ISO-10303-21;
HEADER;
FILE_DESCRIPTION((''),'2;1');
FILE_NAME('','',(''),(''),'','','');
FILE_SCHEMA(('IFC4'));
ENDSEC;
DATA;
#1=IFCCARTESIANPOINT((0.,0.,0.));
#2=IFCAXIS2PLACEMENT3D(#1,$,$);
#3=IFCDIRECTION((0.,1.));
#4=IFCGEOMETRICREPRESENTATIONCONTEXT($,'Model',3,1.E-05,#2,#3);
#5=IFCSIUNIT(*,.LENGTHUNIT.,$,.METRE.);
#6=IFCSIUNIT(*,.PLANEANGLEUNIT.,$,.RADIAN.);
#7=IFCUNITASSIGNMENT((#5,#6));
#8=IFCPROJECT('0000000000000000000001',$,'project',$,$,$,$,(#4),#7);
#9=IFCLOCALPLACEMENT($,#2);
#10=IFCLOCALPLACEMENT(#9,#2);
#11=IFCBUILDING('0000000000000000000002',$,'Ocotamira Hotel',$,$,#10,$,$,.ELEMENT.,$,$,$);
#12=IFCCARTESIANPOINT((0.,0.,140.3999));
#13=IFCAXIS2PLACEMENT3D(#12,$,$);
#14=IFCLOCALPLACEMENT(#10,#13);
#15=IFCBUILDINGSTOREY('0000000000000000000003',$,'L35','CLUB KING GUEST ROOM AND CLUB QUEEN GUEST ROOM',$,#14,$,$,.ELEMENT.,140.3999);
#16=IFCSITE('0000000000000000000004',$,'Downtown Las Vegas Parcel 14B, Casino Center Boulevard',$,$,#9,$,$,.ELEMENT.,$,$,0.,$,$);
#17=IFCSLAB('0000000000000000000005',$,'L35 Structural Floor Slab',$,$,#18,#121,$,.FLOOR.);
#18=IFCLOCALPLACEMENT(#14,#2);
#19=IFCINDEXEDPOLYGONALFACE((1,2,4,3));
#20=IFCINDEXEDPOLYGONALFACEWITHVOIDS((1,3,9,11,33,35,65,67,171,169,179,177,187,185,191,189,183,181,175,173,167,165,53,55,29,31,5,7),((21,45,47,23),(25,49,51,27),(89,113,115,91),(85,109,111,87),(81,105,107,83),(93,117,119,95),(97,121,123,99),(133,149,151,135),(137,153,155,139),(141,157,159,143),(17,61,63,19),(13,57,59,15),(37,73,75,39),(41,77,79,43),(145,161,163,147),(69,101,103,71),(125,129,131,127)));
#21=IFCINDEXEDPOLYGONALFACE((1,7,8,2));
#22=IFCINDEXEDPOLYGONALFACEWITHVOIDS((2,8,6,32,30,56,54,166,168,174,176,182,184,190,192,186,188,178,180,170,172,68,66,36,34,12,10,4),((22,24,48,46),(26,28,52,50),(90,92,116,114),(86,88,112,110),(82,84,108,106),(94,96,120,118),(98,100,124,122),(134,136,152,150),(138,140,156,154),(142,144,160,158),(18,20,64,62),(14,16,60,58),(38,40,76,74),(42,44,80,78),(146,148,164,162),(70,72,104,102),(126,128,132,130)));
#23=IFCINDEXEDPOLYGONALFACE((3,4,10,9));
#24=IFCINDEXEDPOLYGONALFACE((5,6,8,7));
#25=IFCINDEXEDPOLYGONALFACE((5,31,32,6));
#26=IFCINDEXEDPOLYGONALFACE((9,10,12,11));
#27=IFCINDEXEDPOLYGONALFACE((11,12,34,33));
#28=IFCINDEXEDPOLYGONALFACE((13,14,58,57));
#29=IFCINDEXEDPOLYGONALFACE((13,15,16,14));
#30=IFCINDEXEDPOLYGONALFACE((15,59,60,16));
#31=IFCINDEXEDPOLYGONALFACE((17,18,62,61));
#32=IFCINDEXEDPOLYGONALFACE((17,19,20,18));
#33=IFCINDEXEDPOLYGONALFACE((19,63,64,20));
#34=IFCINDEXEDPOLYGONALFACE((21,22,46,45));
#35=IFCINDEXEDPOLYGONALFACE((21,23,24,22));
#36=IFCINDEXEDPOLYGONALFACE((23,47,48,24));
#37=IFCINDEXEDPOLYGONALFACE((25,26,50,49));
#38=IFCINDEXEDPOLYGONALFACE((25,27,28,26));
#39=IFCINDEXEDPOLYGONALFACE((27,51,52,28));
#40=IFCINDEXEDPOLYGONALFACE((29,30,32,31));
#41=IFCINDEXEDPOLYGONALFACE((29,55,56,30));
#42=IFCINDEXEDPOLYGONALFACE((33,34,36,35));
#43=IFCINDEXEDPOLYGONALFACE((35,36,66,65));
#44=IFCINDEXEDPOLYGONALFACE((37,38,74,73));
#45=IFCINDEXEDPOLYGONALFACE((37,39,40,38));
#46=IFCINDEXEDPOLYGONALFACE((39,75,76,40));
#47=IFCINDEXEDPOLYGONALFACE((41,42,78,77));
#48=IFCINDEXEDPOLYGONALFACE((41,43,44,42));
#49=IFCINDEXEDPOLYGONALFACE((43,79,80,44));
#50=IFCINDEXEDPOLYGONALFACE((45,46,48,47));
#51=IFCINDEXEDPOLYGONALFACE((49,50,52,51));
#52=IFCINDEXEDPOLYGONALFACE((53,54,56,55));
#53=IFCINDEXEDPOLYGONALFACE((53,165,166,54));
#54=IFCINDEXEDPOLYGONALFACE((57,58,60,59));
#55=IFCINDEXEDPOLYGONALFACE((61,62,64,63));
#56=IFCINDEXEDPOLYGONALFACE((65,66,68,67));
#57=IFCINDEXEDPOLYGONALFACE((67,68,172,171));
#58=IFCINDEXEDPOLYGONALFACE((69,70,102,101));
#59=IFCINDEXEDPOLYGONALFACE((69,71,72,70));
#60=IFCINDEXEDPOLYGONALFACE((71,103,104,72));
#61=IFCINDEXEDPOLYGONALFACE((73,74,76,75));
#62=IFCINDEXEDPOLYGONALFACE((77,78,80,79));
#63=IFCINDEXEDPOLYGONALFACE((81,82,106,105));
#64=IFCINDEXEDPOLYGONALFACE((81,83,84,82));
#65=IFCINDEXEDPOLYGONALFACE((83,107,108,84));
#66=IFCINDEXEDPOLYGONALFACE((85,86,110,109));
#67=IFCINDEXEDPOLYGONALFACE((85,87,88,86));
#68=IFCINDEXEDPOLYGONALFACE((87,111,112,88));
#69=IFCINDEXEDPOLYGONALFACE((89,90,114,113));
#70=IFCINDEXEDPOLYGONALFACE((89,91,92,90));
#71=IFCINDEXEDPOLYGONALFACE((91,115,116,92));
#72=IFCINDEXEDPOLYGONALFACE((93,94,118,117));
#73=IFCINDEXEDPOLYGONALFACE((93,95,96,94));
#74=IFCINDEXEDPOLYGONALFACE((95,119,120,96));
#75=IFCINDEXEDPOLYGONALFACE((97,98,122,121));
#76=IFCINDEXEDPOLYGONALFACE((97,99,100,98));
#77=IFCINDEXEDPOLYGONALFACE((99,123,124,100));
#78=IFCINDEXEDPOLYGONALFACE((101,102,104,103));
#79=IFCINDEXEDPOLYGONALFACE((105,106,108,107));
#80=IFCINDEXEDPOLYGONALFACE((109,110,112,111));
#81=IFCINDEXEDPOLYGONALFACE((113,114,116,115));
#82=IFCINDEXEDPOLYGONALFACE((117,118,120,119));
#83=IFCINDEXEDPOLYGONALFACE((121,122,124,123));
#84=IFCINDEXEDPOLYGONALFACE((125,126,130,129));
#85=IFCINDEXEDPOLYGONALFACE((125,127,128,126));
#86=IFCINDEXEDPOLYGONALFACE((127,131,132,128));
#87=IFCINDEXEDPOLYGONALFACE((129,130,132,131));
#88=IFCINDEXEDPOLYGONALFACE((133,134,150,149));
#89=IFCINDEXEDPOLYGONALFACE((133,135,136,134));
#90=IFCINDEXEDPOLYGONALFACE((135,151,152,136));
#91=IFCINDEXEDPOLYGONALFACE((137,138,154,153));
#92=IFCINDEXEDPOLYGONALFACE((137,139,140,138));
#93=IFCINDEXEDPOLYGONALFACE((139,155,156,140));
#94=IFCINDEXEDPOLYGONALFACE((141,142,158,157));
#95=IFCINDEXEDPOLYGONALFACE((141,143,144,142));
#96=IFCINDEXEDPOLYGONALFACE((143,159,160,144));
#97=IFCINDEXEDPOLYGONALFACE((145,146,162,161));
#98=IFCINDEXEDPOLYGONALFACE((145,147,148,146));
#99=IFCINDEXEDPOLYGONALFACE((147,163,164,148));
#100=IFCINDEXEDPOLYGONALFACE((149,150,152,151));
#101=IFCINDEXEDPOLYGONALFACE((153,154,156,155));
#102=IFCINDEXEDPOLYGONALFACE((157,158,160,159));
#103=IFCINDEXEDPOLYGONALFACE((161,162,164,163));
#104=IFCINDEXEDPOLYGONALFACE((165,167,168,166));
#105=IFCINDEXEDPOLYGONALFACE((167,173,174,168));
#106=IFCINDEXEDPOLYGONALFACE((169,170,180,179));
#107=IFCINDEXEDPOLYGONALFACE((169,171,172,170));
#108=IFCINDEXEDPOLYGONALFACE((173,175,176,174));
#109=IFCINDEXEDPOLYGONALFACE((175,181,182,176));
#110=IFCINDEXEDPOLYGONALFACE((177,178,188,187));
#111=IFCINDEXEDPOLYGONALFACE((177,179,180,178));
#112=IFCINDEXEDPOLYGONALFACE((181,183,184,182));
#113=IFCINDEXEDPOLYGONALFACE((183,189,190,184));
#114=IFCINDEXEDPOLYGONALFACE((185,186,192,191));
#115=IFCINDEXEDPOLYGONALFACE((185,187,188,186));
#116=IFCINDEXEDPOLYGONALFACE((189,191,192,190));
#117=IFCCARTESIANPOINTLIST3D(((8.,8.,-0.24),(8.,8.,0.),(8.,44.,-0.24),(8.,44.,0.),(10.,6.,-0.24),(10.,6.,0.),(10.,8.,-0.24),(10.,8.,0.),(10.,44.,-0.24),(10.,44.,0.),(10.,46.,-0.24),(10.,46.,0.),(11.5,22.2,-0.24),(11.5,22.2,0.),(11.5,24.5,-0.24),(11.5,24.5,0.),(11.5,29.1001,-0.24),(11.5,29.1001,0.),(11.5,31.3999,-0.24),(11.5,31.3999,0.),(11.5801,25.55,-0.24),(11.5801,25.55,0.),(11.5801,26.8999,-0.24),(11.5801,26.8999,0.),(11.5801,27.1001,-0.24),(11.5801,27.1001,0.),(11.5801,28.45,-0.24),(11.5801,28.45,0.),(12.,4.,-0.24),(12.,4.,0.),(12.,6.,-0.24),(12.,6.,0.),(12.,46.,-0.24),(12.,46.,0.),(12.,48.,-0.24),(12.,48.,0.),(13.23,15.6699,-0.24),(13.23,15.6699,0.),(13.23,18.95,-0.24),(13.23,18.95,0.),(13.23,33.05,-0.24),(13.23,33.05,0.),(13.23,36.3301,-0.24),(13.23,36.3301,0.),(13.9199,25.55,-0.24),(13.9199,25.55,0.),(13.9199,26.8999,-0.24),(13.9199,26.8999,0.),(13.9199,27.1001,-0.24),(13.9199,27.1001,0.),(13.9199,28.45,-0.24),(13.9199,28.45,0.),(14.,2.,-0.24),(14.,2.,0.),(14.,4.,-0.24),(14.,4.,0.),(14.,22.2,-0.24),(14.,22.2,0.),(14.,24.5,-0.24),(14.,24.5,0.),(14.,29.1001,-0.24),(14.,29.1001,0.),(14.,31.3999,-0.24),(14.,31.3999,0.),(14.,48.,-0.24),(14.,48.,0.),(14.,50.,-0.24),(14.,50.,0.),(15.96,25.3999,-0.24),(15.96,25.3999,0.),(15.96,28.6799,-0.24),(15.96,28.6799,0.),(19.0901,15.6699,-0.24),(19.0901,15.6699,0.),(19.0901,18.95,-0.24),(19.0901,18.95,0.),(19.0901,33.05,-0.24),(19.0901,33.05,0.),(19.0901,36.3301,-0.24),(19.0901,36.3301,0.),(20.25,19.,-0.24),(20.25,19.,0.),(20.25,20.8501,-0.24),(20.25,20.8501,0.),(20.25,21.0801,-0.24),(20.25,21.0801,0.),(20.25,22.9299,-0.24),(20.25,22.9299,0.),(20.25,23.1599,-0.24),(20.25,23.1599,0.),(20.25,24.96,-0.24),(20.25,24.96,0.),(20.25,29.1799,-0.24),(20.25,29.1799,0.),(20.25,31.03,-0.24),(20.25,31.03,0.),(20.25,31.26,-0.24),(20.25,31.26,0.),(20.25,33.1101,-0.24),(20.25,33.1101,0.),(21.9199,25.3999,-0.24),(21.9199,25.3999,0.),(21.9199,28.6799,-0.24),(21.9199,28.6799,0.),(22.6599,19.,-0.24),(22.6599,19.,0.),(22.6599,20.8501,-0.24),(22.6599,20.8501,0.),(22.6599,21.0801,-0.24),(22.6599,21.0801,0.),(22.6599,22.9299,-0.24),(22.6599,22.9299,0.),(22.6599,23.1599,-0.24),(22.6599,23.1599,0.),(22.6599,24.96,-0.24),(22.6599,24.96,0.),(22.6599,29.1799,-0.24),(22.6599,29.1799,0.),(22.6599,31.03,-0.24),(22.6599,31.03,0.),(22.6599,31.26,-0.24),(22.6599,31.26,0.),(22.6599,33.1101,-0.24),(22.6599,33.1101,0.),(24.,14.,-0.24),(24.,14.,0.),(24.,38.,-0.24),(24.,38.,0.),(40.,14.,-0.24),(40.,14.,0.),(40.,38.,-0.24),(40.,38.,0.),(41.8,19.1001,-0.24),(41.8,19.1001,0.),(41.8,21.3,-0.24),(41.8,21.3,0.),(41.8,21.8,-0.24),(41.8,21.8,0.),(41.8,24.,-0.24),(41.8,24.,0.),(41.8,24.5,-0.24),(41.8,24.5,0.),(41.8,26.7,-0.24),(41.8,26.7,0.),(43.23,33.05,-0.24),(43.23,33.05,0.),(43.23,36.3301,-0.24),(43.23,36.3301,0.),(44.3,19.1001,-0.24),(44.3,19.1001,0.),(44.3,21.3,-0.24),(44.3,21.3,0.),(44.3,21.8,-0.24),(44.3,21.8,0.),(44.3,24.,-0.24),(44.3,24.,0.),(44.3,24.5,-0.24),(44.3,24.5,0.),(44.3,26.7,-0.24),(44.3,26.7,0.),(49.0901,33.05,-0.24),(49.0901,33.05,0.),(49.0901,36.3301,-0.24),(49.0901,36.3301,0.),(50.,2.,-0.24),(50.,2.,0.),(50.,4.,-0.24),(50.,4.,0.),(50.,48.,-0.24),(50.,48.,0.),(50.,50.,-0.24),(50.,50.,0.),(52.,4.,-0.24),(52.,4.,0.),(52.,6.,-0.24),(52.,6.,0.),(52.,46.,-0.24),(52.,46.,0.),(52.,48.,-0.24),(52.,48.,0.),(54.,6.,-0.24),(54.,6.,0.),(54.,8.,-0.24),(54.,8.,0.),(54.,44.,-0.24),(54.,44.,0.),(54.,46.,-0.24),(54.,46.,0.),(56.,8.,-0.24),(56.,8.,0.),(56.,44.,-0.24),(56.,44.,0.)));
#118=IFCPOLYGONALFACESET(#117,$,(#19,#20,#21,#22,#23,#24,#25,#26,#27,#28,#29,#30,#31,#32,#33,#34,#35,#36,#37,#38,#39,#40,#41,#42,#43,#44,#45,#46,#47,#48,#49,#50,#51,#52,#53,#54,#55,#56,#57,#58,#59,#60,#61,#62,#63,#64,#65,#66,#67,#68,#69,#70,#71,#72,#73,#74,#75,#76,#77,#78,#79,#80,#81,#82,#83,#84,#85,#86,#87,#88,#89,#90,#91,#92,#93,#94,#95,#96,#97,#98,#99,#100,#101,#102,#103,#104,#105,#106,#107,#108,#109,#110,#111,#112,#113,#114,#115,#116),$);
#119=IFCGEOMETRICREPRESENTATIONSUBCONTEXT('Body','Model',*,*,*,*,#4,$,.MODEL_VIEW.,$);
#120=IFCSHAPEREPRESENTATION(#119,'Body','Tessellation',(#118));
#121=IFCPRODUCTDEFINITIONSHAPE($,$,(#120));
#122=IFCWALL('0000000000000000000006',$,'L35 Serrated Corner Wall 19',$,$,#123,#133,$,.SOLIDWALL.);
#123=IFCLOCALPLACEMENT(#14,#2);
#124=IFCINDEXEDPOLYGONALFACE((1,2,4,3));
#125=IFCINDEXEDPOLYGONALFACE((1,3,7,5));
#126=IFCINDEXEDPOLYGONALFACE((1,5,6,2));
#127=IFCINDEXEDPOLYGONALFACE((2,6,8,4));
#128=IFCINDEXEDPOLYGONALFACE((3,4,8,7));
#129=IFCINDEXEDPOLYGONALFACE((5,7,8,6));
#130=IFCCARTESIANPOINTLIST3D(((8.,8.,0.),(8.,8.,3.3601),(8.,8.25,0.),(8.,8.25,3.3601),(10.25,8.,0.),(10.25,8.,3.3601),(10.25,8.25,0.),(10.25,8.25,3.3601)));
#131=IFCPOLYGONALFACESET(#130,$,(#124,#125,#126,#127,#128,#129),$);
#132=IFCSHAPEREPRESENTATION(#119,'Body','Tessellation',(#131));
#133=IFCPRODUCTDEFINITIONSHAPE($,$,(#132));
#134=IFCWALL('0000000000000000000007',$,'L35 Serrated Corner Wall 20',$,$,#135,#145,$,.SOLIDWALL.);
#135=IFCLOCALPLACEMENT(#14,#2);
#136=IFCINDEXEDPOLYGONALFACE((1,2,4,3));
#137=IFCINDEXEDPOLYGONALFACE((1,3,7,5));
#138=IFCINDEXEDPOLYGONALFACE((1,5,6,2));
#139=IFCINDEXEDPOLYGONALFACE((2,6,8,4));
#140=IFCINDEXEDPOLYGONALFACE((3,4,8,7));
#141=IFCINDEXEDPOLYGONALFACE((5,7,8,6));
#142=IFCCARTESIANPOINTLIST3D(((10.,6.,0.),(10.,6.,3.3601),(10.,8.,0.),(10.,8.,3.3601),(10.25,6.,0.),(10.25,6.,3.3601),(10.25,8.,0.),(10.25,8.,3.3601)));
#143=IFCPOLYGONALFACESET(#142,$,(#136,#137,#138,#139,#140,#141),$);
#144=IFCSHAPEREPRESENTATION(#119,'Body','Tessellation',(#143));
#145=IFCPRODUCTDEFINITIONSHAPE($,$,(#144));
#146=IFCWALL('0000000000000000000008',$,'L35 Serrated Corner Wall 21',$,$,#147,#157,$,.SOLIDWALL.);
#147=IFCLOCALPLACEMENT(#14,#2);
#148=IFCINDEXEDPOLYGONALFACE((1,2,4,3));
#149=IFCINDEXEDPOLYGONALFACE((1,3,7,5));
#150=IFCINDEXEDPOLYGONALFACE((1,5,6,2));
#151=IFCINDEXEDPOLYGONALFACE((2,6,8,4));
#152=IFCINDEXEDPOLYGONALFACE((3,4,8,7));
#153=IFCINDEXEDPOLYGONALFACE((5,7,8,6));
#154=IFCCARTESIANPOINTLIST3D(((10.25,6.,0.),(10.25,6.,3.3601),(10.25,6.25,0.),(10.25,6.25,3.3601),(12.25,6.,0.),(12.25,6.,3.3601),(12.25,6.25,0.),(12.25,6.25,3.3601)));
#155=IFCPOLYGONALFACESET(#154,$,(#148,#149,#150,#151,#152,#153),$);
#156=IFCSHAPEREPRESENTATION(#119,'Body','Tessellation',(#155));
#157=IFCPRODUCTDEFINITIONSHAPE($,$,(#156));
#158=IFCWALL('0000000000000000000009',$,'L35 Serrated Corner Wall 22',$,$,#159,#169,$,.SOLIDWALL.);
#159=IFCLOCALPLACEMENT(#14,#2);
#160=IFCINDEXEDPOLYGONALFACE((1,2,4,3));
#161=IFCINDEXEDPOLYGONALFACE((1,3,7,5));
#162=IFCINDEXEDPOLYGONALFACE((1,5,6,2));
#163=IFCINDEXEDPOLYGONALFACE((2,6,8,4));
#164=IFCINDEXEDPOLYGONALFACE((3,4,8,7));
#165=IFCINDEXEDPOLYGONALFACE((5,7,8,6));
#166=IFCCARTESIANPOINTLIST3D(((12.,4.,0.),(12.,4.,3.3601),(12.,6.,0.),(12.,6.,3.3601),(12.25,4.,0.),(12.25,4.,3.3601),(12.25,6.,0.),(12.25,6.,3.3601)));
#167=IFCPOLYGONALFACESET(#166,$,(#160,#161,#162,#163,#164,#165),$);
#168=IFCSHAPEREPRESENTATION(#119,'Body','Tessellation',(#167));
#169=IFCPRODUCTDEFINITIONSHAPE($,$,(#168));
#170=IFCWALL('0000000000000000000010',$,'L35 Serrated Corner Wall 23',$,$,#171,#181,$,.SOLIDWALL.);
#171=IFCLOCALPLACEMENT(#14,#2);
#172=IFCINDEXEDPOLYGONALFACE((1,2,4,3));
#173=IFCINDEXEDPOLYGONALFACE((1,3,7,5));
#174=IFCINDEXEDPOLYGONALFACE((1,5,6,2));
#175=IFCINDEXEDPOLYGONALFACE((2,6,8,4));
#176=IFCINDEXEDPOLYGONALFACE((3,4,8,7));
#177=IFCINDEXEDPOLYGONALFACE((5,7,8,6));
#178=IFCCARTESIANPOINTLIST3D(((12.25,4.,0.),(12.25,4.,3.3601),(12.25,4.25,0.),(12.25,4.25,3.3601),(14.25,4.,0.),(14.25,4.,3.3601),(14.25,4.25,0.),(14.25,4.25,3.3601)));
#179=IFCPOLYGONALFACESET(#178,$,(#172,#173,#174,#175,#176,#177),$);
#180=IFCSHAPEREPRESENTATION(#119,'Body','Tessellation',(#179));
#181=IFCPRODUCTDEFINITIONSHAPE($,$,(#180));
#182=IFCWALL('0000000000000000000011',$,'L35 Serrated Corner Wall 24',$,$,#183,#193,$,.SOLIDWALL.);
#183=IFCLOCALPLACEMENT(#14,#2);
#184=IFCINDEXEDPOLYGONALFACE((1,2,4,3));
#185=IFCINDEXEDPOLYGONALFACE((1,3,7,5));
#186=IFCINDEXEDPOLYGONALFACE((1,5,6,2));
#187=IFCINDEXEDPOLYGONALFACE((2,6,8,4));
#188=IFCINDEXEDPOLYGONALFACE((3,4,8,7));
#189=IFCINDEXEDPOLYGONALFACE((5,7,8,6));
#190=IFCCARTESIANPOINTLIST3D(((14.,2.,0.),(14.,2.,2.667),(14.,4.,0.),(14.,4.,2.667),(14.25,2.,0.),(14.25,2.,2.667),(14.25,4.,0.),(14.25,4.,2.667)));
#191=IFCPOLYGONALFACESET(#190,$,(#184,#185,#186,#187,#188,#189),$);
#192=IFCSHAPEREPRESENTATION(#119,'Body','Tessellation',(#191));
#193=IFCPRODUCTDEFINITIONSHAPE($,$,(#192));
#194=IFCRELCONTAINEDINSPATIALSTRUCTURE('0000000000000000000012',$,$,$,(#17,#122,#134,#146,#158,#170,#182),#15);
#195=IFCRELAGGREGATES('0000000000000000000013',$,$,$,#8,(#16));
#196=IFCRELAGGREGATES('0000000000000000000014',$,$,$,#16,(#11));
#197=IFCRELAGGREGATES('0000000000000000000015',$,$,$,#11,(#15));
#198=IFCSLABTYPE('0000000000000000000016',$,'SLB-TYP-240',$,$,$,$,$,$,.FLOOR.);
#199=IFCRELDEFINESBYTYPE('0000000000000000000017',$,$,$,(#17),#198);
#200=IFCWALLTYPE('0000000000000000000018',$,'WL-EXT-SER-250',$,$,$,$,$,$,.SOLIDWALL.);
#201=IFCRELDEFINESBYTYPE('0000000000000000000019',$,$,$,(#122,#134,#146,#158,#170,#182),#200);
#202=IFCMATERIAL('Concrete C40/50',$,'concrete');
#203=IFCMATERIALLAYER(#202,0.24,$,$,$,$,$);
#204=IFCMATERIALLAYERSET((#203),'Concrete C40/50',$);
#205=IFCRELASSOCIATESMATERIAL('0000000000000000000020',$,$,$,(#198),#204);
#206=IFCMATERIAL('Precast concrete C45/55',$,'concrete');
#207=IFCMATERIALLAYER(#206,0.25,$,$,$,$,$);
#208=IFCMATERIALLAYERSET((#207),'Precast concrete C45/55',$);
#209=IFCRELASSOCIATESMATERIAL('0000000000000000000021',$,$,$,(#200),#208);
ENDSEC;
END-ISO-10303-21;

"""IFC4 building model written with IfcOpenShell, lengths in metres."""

from ifc_helpers import new_model, si_unit, direction, frame, frame_2d, origin, place, context, subcontext, project, spatial, polyline, rectangle, outline, extrude, material, layer, layer_set, type_object, element, save


model = new_model("IFC4")

# Units and contexts
model_context = context("Model", 3, precision=1e-05, world=origin(), true_north=direction((0.0, 1.0)))
body_context = subcontext(model_context, "Body", "Model", "MODEL_VIEW")
ifc_project = project(units=[si_unit("LENGTHUNIT", "METRE"), si_unit("PLANEANGLEUNIT", "RADIAN")], contexts=[model_context])

# Site, building, storey
site_placement = place(None, origin())
site = spatial("IfcSite", under=ifc_project, at=site_placement, Name="Downtown Las Vegas Parcel 14B, Casino Center Boulevard", CompositionType="ELEMENT", RefElevation=0.0)
building_placement = place(site_placement, origin())
building = spatial("IfcBuilding", under=site, at=building_placement, Name="Ocotamira Hotel", CompositionType="ELEMENT")
storey_placement = place(building_placement, frame((0.0, 0.0, 140.3999)))
storey = spatial("IfcBuildingStorey", under=building, at=storey_placement, Name="L35", Description="CLUB KING GUEST ROOM AND CLUB QUEEN GUEST ROOM", CompositionType="ELEMENT", Elevation=140.3999)

# Shared definitions
ifc_material_1 = material(Name="Concrete C40/50", Category="concrete")

# Slab
ifc_layer_1 = layer(ifc_material_1, 0.24)
ifc_layer_set_1 = layer_set([ifc_layer_1], Name="Concrete C40/50")
slab_type_1 = type_object("IfcSlabType", Name="SLB-TYP-240", PredefinedType="FLOOR", material=ifc_layer_set_1)
slab_1_placement = place(storey_placement, frame((0.0, 0.0, -0.24)))
element("IfcSlab", 1, at=slab_1_placement, inside=storey, type_object=slab_type_1, Name="L35 Structural Floor Slab", PredefinedType="FLOOR", context=body_context, shape_type="SweptSolid", body=[
    extrude(outline(polyline([(14.0, 2.0), (50.0, 2.0), (50.0, 4.0), (52.0, 4.0), (52.0, 6.0), (54.0, 6.0), (54.0, 8.0), (56.0, 8.0), (56.0, 44.0), (54.0, 44.0), (54.0, 46.0), (52.0, 46.0), (52.0, 48.0), (50.0, 48.0), (50.0, 50.0), (14.0, 50.0), (14.0, 48.0), (12.0, 48.0), (12.0, 46.0), (10.0, 46.0), (10.0, 44.0), (8.0, 44.0), (8.0, 8.0), (10.0, 8.0), (10.0, 6.0), (12.0, 6.0), (12.0, 4.0), (14.0, 4.0), (14.0, 2.0)]), holes=[polyline([(24.0, 14.0), (40.0, 14.0), (40.0, 38.0), (24.0, 38.0), (24.0, 14.0)]), polyline([(13.23, 15.6699), (19.0901, 15.6699), (19.0901, 18.95), (13.23, 18.95), (13.23, 15.6699)]), polyline([(13.23, 33.05), (19.0901, 33.05), (19.0901, 36.3301), (13.23, 36.3301), (13.23, 33.05)]), polyline([(15.96, 25.3999), (21.9199, 25.3999), (21.9199, 28.6799), (15.96, 28.6799), (15.96, 25.3999)]), polyline([(43.23, 33.05), (49.0901, 33.05), (49.0901, 36.3301), (43.23, 36.3301), (43.23, 33.05)]), polyline([(41.8, 19.1001), (44.3, 19.1001), (44.3, 21.3), (41.8, 21.3), (41.8, 19.1001)]), polyline([(41.8, 21.8), (44.3, 21.8), (44.3, 24.0), (41.8, 24.0), (41.8, 21.8)]), polyline([(41.8, 24.5), (44.3, 24.5), (44.3, 26.7), (41.8, 26.7), (41.8, 24.5)]), polyline([(20.25, 19.0), (22.6599, 19.0), (22.6599, 20.8501), (20.25, 20.8501), (20.25, 19.0)]), polyline([(20.25, 21.0801), (22.6599, 21.0801), (22.6599, 22.9299), (20.25, 22.9299), (20.25, 21.0801)]), polyline([(20.25, 23.1599), (22.6599, 23.1599), (22.6599, 24.96), (20.25, 24.96), (20.25, 23.1599)]), polyline([(20.25, 29.1799), (22.6599, 29.1799), (22.6599, 31.03), (20.25, 31.03), (20.25, 29.1799)]), polyline([(20.25, 31.26), (22.6599, 31.26), (22.6599, 33.1101), (20.25, 33.1101), (20.25, 31.26)]), polyline([(11.5, 22.2), (14.0, 22.2), (14.0, 24.5), (11.5, 24.5), (11.5, 22.2)]), polyline([(11.5, 29.1001), (14.0, 29.1001), (14.0, 31.3999), (11.5, 31.3999), (11.5, 29.1001)]), polyline([(11.5801, 25.55), (13.9199, 25.55), (13.9199, 26.8999), (11.5801, 26.8999), (11.5801, 25.55)]), polyline([(11.5801, 27.1001), (13.9199, 27.1001), (13.9199, 28.45), (11.5801, 28.45), (11.5801, 27.1001)])]), origin(), (0.0, 0.0, 1.0), 0.24),
])

# Walls
ifc_material_2 = material(Name="Precast concrete C45/55", Category="concrete")
ifc_layer_2 = layer(ifc_material_2, 0.25)
ifc_layer_set_2 = layer_set([ifc_layer_2], Name="Precast concrete C45/55")
wall_type_1 = type_object("IfcWallType", Name="WL-EXT-SER-250", PredefinedType="SOLIDWALL", material=ifc_layer_set_2)
wall_1_placement = place(storey_placement, frame((8.0, 8.125, 0.0), z_axis=(0.0, 0.0, 1.0), x_axis=(1.0, 0.0, 0.0)))
element("IfcWall", 2, at=wall_1_placement, inside=storey, type_object=wall_type_1, Name="L35 Serrated Corner Wall 19", PredefinedType="SOLIDWALL", context=body_context, shape_type="SweptSolid", body=[
    extrude(rectangle(XDim=2.25, YDim=0.25, at=frame_2d((1.125, 0.0))), origin(), (0.0, 0.0, 1.0), 3.3601),
])
for number, where, z_axis, x_axis, name in (
    (3, (10.125, 8.0, 0.0), (0.0, 0.0, 1.0), (0.0, -1.0, 0.0), "L35 Serrated Corner Wall 20"),
    (4, (10.25, 6.125, 0.0), (0.0, 0.0, 1.0), (1.0, 0.0, 0.0), "L35 Serrated Corner Wall 21"),
    (5, (12.125, 6.0, 0.0), (0.0, 0.0, 1.0), (0.0, -1.0, 0.0), "L35 Serrated Corner Wall 22"),
    (6, (12.25, 4.125, 0.0), (0.0, 0.0, 1.0), (1.0, 0.0, 0.0), "L35 Serrated Corner Wall 23"),
):
    element("IfcWall", number, at=place(storey_placement, frame(where, z_axis=z_axis, x_axis=x_axis)), inside=storey, type_object=wall_type_1, Name=name, PredefinedType="SOLIDWALL", context=body_context, shape_type="SweptSolid", body=[
        extrude(rectangle(XDim=2.0, YDim=0.25, at=frame_2d((1.0, 0.0))), origin(), (0.0, 0.0, 1.0), 3.3601),
    ])
wall_2_placement = place(storey_placement, frame((14.125, 4.0, 0.0), z_axis=(0.0, 0.0, 1.0), x_axis=(0.0, -1.0, 0.0)))
element("IfcWall", 7, at=wall_2_placement, inside=storey, type_object=wall_type_1, Name="L35 Serrated Corner Wall 24", PredefinedType="SOLIDWALL", context=body_context, shape_type="SweptSolid", body=[
    extrude(rectangle(XDim=2.0, YDim=0.25, at=frame_2d((1.0, 0.0))), origin(), (0.0, 0.0, 1.0), 2.667),
])

save(model, "model.ifc")
